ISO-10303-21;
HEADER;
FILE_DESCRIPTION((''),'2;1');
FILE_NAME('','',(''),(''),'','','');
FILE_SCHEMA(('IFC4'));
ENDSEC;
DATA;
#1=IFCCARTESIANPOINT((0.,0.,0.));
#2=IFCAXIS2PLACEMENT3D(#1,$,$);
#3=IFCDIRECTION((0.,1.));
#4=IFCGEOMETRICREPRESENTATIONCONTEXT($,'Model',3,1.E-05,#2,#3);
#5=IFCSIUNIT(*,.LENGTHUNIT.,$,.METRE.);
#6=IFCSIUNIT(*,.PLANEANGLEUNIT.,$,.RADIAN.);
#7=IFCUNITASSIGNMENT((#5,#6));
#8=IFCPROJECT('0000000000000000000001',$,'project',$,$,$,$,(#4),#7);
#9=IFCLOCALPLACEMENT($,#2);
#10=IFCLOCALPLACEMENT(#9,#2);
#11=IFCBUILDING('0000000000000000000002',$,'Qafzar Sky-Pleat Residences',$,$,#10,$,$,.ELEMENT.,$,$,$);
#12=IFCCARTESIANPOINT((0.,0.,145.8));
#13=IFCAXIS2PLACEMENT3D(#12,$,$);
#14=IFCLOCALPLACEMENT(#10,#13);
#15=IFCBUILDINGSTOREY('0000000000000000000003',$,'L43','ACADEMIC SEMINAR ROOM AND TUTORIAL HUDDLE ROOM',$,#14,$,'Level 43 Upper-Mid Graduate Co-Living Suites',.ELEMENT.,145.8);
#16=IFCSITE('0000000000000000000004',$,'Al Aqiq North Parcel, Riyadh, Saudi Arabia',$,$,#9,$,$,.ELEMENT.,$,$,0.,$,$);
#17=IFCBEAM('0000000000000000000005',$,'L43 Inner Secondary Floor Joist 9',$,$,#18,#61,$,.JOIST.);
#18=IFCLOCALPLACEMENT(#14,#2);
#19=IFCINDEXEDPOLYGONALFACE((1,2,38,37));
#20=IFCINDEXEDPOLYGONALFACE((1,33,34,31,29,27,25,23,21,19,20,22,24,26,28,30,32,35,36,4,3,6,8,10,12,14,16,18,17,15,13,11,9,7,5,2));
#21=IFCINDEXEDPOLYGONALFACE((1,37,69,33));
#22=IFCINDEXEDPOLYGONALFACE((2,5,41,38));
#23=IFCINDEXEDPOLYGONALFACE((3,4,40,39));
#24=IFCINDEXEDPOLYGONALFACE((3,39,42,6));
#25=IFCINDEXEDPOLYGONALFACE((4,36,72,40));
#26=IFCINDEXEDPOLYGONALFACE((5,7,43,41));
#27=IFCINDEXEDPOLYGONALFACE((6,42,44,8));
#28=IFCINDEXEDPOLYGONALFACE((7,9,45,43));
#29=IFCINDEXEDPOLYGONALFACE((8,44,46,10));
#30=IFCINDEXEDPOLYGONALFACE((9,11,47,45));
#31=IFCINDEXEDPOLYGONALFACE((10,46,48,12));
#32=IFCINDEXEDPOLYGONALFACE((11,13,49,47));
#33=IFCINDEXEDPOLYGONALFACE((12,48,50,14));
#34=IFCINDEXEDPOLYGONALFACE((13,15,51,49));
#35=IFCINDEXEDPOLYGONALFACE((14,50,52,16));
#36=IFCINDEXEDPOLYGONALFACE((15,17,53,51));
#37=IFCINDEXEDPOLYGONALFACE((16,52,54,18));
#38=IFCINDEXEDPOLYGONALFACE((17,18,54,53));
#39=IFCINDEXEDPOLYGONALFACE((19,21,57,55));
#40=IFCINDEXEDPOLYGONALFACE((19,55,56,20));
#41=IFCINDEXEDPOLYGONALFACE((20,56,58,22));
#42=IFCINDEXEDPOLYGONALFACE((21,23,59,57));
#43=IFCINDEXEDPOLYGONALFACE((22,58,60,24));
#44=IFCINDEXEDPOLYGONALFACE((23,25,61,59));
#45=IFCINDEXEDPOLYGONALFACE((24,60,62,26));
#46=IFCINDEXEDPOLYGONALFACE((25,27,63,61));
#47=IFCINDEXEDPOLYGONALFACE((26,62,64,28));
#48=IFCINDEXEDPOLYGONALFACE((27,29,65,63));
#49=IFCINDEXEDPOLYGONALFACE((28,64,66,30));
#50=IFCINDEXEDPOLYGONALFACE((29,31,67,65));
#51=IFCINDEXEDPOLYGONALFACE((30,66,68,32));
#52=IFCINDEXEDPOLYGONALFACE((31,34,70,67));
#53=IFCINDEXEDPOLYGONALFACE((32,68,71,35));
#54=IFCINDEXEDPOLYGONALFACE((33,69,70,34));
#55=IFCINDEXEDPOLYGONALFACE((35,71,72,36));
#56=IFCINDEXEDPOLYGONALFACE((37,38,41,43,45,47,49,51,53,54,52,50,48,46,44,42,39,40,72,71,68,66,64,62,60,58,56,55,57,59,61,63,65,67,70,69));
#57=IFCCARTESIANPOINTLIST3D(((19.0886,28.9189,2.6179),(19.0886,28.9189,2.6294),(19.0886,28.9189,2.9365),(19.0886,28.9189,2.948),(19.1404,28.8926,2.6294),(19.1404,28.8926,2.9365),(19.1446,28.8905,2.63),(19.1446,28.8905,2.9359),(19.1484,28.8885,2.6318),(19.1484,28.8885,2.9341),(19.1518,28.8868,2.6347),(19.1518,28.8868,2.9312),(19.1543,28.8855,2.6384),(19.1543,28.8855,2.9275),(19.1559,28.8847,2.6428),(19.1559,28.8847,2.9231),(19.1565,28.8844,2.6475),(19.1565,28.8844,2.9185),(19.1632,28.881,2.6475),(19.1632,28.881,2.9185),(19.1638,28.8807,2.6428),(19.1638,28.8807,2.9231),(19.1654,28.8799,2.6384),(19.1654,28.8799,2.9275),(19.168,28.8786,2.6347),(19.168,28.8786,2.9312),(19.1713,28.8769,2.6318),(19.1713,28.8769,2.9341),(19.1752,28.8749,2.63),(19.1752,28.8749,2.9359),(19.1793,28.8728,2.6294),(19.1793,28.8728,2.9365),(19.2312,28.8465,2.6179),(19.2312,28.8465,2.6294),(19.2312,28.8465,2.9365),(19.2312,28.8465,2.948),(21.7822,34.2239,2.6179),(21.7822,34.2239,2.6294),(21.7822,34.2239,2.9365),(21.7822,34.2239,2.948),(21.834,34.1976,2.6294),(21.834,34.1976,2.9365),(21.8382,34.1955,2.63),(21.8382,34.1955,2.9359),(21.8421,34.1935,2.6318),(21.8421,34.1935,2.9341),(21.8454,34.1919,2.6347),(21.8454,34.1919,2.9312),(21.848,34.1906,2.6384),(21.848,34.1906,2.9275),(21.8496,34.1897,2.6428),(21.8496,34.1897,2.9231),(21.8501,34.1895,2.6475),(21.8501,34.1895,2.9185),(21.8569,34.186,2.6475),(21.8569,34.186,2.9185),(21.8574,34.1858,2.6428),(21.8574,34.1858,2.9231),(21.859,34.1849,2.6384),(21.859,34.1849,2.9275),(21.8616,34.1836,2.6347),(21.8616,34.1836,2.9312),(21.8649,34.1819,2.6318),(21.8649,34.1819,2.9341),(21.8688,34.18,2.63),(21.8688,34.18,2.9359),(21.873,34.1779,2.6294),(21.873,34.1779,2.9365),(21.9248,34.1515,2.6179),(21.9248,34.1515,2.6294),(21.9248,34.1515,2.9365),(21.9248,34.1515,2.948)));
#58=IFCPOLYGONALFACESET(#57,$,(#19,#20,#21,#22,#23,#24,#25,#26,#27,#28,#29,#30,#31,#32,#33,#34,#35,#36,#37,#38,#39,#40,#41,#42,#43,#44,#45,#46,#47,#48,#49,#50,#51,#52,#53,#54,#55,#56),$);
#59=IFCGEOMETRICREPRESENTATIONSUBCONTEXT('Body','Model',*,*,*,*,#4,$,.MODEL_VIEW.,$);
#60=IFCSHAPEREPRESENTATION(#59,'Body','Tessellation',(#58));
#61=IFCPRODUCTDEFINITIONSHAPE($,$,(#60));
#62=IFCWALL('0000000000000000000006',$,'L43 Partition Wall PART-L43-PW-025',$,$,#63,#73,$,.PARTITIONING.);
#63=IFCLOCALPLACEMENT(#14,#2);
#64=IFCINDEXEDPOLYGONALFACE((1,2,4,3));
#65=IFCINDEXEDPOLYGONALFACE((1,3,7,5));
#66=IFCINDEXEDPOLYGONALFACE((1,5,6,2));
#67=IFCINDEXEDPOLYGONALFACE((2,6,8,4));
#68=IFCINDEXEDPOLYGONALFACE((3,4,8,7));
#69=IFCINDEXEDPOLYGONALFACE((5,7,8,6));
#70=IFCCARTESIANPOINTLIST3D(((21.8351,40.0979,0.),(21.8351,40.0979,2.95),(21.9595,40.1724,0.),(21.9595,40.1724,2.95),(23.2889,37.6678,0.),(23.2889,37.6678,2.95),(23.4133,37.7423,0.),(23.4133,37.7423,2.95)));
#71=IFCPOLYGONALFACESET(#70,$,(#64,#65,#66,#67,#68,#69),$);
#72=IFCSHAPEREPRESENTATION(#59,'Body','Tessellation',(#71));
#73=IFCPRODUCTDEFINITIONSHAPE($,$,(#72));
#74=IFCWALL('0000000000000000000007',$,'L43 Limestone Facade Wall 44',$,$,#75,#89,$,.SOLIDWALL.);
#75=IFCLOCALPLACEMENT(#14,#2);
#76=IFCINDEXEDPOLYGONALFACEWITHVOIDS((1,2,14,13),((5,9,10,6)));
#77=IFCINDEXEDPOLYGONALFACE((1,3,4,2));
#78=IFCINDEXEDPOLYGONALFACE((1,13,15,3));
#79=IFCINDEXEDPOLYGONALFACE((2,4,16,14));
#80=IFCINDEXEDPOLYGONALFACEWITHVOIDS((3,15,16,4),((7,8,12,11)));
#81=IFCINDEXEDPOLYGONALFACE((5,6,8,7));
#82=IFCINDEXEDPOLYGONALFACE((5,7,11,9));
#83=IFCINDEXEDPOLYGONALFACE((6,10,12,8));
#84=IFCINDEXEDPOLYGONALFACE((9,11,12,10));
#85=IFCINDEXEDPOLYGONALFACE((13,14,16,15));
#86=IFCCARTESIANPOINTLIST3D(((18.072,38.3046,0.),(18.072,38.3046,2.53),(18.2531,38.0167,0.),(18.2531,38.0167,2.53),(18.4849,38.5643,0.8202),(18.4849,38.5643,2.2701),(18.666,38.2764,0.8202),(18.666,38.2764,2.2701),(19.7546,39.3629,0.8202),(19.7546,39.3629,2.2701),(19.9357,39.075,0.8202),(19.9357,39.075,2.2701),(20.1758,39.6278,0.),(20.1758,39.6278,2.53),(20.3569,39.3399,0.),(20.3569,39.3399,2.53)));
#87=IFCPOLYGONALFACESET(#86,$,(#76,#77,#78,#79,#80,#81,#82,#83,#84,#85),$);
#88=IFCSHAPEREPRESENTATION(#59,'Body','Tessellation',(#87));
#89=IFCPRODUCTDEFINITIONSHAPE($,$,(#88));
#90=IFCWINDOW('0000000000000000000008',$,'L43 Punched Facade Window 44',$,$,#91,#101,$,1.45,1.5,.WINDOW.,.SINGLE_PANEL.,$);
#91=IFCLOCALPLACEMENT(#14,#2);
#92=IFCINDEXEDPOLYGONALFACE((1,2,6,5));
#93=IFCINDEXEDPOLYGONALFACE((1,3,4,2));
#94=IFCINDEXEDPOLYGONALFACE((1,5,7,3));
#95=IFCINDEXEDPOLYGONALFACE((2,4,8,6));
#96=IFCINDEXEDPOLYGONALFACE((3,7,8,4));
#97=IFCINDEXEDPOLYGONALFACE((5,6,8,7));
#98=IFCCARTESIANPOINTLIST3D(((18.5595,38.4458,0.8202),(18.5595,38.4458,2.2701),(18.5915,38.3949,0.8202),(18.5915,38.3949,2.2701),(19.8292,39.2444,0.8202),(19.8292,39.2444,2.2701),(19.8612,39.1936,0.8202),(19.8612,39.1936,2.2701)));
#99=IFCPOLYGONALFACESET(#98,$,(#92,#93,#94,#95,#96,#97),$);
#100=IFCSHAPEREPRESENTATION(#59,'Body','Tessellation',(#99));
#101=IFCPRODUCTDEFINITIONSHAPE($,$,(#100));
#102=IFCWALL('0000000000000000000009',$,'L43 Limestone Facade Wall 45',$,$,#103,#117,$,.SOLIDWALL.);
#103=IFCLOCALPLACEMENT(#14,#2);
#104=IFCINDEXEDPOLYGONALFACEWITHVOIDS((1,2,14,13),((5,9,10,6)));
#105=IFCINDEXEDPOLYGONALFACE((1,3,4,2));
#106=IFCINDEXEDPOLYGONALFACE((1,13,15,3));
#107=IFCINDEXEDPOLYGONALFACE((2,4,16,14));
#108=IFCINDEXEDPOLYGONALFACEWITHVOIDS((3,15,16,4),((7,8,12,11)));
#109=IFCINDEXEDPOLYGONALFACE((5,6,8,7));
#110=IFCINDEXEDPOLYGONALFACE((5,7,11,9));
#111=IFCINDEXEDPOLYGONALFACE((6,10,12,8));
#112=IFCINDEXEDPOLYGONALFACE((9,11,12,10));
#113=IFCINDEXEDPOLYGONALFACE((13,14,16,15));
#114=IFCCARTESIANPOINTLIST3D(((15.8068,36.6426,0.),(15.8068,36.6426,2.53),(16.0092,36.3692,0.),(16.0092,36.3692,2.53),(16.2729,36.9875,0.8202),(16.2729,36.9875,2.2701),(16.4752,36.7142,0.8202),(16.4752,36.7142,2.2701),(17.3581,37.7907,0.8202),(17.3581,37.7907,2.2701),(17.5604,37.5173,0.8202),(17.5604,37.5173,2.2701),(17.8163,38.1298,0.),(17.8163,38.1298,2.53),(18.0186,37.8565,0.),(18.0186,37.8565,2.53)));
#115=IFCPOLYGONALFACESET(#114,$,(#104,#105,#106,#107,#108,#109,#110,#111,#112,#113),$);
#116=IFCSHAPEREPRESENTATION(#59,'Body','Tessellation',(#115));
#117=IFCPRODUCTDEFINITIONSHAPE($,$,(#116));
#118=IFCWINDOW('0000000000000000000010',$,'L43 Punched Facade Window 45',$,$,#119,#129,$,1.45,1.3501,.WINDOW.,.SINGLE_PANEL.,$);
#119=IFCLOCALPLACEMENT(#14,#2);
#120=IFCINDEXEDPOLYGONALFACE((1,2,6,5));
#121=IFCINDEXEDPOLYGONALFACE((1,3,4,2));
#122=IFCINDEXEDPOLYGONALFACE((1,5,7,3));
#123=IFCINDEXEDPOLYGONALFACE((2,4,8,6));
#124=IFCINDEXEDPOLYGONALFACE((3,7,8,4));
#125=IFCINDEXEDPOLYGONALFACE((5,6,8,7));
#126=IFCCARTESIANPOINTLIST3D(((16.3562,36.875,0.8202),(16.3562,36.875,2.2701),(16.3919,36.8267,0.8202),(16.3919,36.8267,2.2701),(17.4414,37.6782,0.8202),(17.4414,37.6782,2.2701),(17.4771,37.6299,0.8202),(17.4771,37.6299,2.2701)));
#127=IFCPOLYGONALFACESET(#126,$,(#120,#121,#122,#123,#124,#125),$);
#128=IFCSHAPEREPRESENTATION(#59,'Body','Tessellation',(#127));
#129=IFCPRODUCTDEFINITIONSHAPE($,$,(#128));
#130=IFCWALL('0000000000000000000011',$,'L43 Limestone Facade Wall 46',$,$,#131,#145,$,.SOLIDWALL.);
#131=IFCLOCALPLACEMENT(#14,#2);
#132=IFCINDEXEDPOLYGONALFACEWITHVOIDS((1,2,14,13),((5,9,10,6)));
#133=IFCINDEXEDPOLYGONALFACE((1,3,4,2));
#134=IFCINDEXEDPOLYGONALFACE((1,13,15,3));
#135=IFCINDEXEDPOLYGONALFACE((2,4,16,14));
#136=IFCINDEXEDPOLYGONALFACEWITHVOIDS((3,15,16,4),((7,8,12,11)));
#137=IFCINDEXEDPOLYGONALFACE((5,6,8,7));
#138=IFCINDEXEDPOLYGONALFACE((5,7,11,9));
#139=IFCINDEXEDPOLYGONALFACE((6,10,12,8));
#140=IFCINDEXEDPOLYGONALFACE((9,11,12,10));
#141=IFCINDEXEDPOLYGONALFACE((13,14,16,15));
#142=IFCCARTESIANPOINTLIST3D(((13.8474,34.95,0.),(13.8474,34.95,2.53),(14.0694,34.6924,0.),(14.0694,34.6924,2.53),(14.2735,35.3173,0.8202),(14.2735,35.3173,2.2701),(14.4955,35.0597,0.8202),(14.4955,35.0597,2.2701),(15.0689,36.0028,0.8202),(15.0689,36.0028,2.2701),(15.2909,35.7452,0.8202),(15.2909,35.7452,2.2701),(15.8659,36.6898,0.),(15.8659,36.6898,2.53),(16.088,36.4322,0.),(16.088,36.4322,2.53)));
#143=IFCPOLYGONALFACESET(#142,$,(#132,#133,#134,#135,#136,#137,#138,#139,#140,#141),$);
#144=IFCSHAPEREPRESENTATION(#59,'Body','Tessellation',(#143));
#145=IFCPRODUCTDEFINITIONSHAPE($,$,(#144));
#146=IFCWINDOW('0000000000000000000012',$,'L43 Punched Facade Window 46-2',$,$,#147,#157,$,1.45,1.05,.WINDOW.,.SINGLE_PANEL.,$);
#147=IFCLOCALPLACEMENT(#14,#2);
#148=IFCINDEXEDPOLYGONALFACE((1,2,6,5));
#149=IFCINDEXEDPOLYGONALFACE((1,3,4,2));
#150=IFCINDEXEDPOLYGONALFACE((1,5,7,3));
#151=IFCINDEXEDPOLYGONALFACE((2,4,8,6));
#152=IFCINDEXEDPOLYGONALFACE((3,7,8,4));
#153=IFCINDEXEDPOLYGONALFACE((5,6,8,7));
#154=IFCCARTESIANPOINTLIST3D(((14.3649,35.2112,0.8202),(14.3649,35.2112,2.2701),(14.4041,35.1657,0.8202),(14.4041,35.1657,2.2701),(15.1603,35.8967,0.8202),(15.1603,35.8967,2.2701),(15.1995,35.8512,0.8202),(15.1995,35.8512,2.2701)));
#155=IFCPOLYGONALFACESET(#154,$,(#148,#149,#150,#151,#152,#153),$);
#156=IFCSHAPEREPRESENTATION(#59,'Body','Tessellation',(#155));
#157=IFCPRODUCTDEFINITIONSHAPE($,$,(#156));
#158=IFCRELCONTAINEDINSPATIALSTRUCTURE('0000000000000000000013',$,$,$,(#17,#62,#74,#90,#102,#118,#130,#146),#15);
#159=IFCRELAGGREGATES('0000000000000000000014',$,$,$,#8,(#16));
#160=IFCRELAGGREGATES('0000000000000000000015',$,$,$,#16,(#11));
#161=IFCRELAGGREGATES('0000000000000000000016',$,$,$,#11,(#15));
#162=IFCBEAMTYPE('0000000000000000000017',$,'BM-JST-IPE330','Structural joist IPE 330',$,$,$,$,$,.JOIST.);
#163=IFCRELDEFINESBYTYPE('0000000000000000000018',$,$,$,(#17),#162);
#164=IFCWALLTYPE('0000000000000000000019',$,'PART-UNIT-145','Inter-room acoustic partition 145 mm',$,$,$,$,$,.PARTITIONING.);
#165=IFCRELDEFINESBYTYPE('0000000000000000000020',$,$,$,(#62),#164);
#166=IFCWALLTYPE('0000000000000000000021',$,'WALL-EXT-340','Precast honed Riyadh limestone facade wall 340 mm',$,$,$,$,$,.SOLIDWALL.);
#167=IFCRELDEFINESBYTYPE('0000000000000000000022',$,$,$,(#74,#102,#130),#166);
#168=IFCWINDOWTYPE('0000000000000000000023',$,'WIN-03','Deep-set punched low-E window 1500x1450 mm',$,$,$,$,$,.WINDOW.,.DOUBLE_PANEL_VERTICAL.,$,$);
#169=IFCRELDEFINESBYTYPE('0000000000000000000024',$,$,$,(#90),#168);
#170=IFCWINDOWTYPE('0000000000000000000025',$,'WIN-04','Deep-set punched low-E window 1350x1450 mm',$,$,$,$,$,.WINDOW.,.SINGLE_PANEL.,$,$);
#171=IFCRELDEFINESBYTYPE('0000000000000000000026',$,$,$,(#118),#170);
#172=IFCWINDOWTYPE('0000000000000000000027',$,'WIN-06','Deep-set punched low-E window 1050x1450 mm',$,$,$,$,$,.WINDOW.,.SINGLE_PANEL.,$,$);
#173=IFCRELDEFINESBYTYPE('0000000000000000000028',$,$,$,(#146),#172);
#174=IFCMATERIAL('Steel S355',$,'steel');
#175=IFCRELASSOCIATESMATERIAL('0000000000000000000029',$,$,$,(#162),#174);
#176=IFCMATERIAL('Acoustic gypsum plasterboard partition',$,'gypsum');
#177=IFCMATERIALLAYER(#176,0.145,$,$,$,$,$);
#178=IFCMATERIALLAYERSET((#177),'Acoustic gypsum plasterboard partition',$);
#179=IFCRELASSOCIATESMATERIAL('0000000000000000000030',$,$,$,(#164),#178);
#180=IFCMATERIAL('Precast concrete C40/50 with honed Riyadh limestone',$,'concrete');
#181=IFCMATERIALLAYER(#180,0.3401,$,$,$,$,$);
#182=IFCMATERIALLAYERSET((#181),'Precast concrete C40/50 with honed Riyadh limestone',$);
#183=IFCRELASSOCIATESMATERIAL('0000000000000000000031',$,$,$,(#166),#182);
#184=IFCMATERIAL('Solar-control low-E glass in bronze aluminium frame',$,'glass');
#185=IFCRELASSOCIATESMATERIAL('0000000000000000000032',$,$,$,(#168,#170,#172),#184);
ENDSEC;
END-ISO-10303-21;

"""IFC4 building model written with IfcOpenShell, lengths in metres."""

from ifc_helpers import new_model, si_unit, direction, frame, frame_2d, origin, origin_2d, place, context, subcontext, project, spatial, rectangle, i_section, extrude, source, transform, mapped, material, layer, layer_set, material_profile, profile_set, type_object, element, fill, save


model = new_model("IFC4")

# Units and contexts
model_context = context("Model", 3, precision=1e-05, world=origin(), true_north=direction((0.0, 1.0)))
body_context = subcontext(model_context, "Body", "Model", "MODEL_VIEW")
ifc_project = project(units=[si_unit("LENGTHUNIT", "METRE"), si_unit("PLANEANGLEUNIT", "RADIAN")], contexts=[model_context])

# Site, building, storey
site_placement = place(None, origin())
site = spatial("IfcSite", under=ifc_project, at=site_placement, Name="Al Aqiq North Parcel, Riyadh, Saudi Arabia", CompositionType="ELEMENT", RefElevation=0.0)
building_placement = place(site_placement, origin())
building = spatial("IfcBuilding", under=site, at=building_placement, Name="Qafzar Sky-Pleat Residences", CompositionType="ELEMENT")
storey_placement = place(building_placement, frame((0.0, 0.0, 145.8)))
storey = spatial("IfcBuildingStorey", under=building, at=storey_placement, Name="L43", Description="ACADEMIC SEMINAR ROOM AND TUTORIAL HUDDLE ROOM", LongName="Level 43 Upper-Mid Graduate Co-Living Suites", CompositionType="ELEMENT", Elevation=145.8)

# Beam
ifc_material_1 = material(Name="Steel S355", Category="steel")
ifc_material_profile_1 = material_profile(ifc_material_1, i_section(OverallWidth=0.1599, OverallDepth=0.3301, WebThickness=0.0076, FlangeThickness=0.0115, FilletRadius=0.0181, at=origin_2d()), Name="IPE 330")
ifc_profile_set_1 = profile_set([ifc_material_profile_1], Name="Steel S355")
beam_type_1 = type_object("IfcBeamType", Name="BM-JST-IPE330", Description="Structural joist IPE 330", PredefinedType="JOIST", material=ifc_profile_set_1)
shared_shape_1 = source(origin(), body_context, "Body", "SweptSolid", [
    extrude(i_section(OverallWidth=0.1599, OverallDepth=0.3301, WebThickness=0.0076, FlangeThickness=0.0115, FilletRadius=0.0181, at=origin_2d()), origin(), (0.0, 0.0, 1.0), 5.9497),
])
beam_1_placement = place(storey_placement, frame((21.8535, 34.1877, 2.783), z_axis=(-0.452737, -0.891644, 0.0), x_axis=(0.891644, -0.452737, 0.0)))
element("IfcBeam", 1, at=beam_1_placement, inside=storey, type_object=beam_type_1, Name="L43 Inner Secondary Floor Joist 9", PredefinedType="JOIST", context=body_context, shape_type="MappedRepresentation", body=[
    mapped(shared_shape_1, transform((0.0, 0.0, 0.0), x_axis=(1.0, 0.0, 0.0), y_axis=(0.0, 1.0, 0.0), z_axis=(0.0, 0.0, 1.0), scale=1.0)),
])

# Wall
ifc_material_2 = material(Name="Acoustic gypsum plasterboard partition", Category="gypsum")
ifc_layer_1 = layer(ifc_material_2, 0.145)
ifc_layer_set_1 = layer_set([ifc_layer_1], Name="Acoustic gypsum plasterboard partition")
wall_type_1 = type_object("IfcWallType", Name="PART-UNIT-145", Description="Inter-room acoustic partition 145 mm", PredefinedType="PARTITIONING", material=ifc_layer_set_1)
wall_1_placement = place(storey_placement, frame((21.8972, 40.1353, 0.0), z_axis=(0.0, 0.0, 1.0), x_axis=(0.513392, -0.858154, 0.0)))
element("IfcWall", 2, at=wall_1_placement, inside=storey, type_object=wall_type_1, Name="L43 Partition Wall PART-L43-PW-025", PredefinedType="PARTITIONING", context=body_context, shape_type="SweptSolid", body=[
    extrude(rectangle(XDim=2.8318, YDim=0.145, at=frame_2d((1.416, 0.0))), origin(), (0.0, 0.0, 1.0), 2.95),
])

# Walls, openings, windows
ifc_material_3 = material(Name="Precast concrete C40/50 with honed Riyadh limestone", Category="concrete")
ifc_layer_2 = layer(ifc_material_3, 0.3401)
ifc_layer_set_2 = layer_set([ifc_layer_2], Name="Precast concrete C40/50 with honed Riyadh limestone")
wall_type_2 = type_object("IfcWallType", Name="WALL-EXT-340", Description="Precast honed Riyadh limestone facade wall 340 mm", PredefinedType="SOLIDWALL", material=ifc_layer_set_2)
wall_2_placement = place(storey_placement, frame((20.2664, 39.4839, 0.0), z_axis=(0.0, 0.0, 1.0), x_axis=(-0.846477, -0.532425, 0.0)))
wall_2 = element("IfcWall", 3, at=wall_2_placement, inside=storey, type_object=wall_type_2, Name="L43 Limestone Facade Wall 44", PredefinedType="SOLIDWALL", context=body_context, shape_type="SweptSolid", body=[
    extrude(rectangle(XDim=2.4854, YDim=0.3401, at=frame_2d((1.2427, 0.0))), origin(), (0.0, 0.0, 1.0), 2.53),
])
opening_1_placement = place(wall_2_placement, frame((0.4976, 0.0, 0.8201)))
opening_1 = element("IfcOpeningElement", 4, at=opening_1_placement, cuts=wall_2, PredefinedType="OPENING", context=body_context, shape_type="SweptSolid", body=[
    extrude(rectangle(XDim=1.5, YDim=1.45, at=frame_2d((0.75, 0.7251))), frame((0.0, 0.1802, 0.0), z_axis=(0.0, -1.0, 0.0), x_axis=(1.0, 0.0, 0.0)), (0.0, 0.0, 1.0), 0.3601),
])
ifc_material_4 = material(Name="Solar-control low-E glass in bronze aluminium frame", Category="glass")
window_type_1 = type_object("IfcWindowType", Name="WIN-03", Description="Deep-set punched low-E window 1500x1450 mm", PartitioningType="DOUBLE_PANEL_VERTICAL", PredefinedType="WINDOW", material=ifc_material_4)
shared_shape_2 = source(origin(), body_context, "Body", "SweptSolid", [
    extrude(rectangle(XDim=1.5, YDim=1.45, at=frame_2d((0.75, 0.7251))), frame((0.0, 0.03, 0.0), z_axis=(0.0, -1.0, 0.0), x_axis=(1.0, 0.0, 0.0)), (0.0, 0.0, 1.0), 0.0601),
])
window_1_placement = place(opening_1_placement, origin())
window_1 = element("IfcWindow", 5, at=window_1_placement, inside=storey, type_object=window_type_1, Name="L43 Punched Facade Window 44", OverallHeight=1.45, OverallWidth=1.5, PartitioningType="SINGLE_PANEL", PredefinedType="WINDOW", context=body_context, shape_type="MappedRepresentation", body=[
    mapped(shared_shape_2, transform((0.0, 0.0, 0.0), x_axis=(1.0, 0.0, 0.0), y_axis=(0.0, 1.0, 0.0), z_axis=(0.0, 0.0, 1.0), scale=1.0)),
])
fill(opening_1, window_1)
wall_3_placement = place(storey_placement, frame((17.9175, 37.9932, 0.0), z_axis=(0.0, 0.0, 1.0), x_axis=(-0.803792, -0.59491, 0.0)))
wall_3 = element("IfcWall", 6, at=wall_3_placement, inside=storey, type_object=wall_type_2, Name="L43 Limestone Facade Wall 45", PredefinedType="SOLIDWALL", context=body_context, shape_type="SweptSolid", body=[
    extrude(rectangle(XDim=2.5, YDim=0.3401, at=frame_2d((1.25, 0.0))), origin(), (0.0, 0.0, 1.0), 2.53),
])
opening_2_placement = place(wall_3_placement, frame((0.5701, 0.0, 0.8201)))
opening_2 = element("IfcOpeningElement", 7, at=opening_2_placement, cuts=wall_3, PredefinedType="OPENING", context=body_context, shape_type="SweptSolid", body=[
    extrude(rectangle(XDim=1.3501, YDim=1.45, at=frame_2d((0.675, 0.7251))), frame((0.0, 0.1802, 0.0), z_axis=(0.0, -1.0, 0.0), x_axis=(1.0, 0.0, 0.0)), (0.0, 0.0, 1.0), 0.3601),
])
window_type_2 = type_object("IfcWindowType", Name="WIN-04", Description="Deep-set punched low-E window 1350x1450 mm", PartitioningType="SINGLE_PANEL", PredefinedType="WINDOW", material=ifc_material_4)
shared_shape_3 = source(origin(), body_context, "Body", "SweptSolid", [
    extrude(rectangle(XDim=1.3501, YDim=1.45, at=frame_2d((0.675, 0.7251))), frame((0.0, 0.03, 0.0), z_axis=(0.0, -1.0, 0.0), x_axis=(1.0, 0.0, 0.0)), (0.0, 0.0, 1.0), 0.0601),
])
window_2_placement = place(opening_2_placement, origin())
window_2 = element("IfcWindow", 8, at=window_2_placement, inside=storey, type_object=window_type_2, Name="L43 Punched Facade Window 45", OverallHeight=1.45, OverallWidth=1.3501, PartitioningType="SINGLE_PANEL", PredefinedType="WINDOW", context=body_context, shape_type="MappedRepresentation", body=[
    mapped(shared_shape_3, transform((0.0, 0.0, 0.0), x_axis=(1.0, 0.0, 0.0), y_axis=(0.0, 1.0, 0.0), z_axis=(0.0, 0.0, 1.0), scale=1.0)),
])
fill(opening_2, window_2)
wall_4_placement = place(storey_placement, frame((15.9771, 36.561, 0.0), z_axis=(0.0, 0.0, 1.0), x_axis=(-0.757482, -0.652856, 0.0)))
wall_4 = element("IfcWall", 9, at=wall_4_placement, inside=storey, type_object=wall_type_2, Name="L43 Limestone Facade Wall 46", PredefinedType="SOLIDWALL", context=body_context, shape_type="SweptSolid", body=[
    extrude(rectangle(XDim=2.6648, YDim=0.3401, at=frame_2d((1.3325, 0.0))), origin(), (0.0, 0.0, 1.0), 2.53),
])
opening_3_placement = place(wall_4_placement, frame((1.0525, 0.0, 0.8201)))
opening_3 = element("IfcOpeningElement", 10, at=opening_3_placement, cuts=wall_4, PredefinedType="OPENING", context=body_context, shape_type="SweptSolid", body=[
    extrude(rectangle(XDim=1.05, YDim=1.45, at=frame_2d((0.5249, 0.7251))), frame((0.0, 0.1802, 0.0), z_axis=(0.0, -1.0, 0.0), x_axis=(1.0, 0.0, 0.0)), (0.0, 0.0, 1.0), 0.3601),
])
window_type_3 = type_object("IfcWindowType", Name="WIN-06", Description="Deep-set punched low-E window 1050x1450 mm", PartitioningType="SINGLE_PANEL", PredefinedType="WINDOW", material=ifc_material_4)
shared_shape_4 = source(origin(), body_context, "Body", "SweptSolid", [
    extrude(rectangle(XDim=1.05, YDim=1.45, at=frame_2d((0.5249, 0.7251))), frame((0.0, 0.03, 0.0), z_axis=(0.0, -1.0, 0.0), x_axis=(1.0, 0.0, 0.0)), (0.0, 0.0, 1.0), 0.0601),
])
window_3_placement = place(opening_3_placement, origin())
window_3 = element("IfcWindow", 11, at=window_3_placement, inside=storey, type_object=window_type_3, Name="L43 Punched Facade Window 46-2", OverallHeight=1.45, OverallWidth=1.05, PartitioningType="SINGLE_PANEL", PredefinedType="WINDOW", context=body_context, shape_type="MappedRepresentation", body=[
    mapped(shared_shape_4, transform((0.0, 0.0, 0.0), x_axis=(1.0, 0.0, 0.0), y_axis=(0.0, 1.0, 0.0), z_axis=(0.0, 0.0, 1.0), scale=1.0)),
])
fill(opening_3, window_3)

save(model, "model.ifc")
